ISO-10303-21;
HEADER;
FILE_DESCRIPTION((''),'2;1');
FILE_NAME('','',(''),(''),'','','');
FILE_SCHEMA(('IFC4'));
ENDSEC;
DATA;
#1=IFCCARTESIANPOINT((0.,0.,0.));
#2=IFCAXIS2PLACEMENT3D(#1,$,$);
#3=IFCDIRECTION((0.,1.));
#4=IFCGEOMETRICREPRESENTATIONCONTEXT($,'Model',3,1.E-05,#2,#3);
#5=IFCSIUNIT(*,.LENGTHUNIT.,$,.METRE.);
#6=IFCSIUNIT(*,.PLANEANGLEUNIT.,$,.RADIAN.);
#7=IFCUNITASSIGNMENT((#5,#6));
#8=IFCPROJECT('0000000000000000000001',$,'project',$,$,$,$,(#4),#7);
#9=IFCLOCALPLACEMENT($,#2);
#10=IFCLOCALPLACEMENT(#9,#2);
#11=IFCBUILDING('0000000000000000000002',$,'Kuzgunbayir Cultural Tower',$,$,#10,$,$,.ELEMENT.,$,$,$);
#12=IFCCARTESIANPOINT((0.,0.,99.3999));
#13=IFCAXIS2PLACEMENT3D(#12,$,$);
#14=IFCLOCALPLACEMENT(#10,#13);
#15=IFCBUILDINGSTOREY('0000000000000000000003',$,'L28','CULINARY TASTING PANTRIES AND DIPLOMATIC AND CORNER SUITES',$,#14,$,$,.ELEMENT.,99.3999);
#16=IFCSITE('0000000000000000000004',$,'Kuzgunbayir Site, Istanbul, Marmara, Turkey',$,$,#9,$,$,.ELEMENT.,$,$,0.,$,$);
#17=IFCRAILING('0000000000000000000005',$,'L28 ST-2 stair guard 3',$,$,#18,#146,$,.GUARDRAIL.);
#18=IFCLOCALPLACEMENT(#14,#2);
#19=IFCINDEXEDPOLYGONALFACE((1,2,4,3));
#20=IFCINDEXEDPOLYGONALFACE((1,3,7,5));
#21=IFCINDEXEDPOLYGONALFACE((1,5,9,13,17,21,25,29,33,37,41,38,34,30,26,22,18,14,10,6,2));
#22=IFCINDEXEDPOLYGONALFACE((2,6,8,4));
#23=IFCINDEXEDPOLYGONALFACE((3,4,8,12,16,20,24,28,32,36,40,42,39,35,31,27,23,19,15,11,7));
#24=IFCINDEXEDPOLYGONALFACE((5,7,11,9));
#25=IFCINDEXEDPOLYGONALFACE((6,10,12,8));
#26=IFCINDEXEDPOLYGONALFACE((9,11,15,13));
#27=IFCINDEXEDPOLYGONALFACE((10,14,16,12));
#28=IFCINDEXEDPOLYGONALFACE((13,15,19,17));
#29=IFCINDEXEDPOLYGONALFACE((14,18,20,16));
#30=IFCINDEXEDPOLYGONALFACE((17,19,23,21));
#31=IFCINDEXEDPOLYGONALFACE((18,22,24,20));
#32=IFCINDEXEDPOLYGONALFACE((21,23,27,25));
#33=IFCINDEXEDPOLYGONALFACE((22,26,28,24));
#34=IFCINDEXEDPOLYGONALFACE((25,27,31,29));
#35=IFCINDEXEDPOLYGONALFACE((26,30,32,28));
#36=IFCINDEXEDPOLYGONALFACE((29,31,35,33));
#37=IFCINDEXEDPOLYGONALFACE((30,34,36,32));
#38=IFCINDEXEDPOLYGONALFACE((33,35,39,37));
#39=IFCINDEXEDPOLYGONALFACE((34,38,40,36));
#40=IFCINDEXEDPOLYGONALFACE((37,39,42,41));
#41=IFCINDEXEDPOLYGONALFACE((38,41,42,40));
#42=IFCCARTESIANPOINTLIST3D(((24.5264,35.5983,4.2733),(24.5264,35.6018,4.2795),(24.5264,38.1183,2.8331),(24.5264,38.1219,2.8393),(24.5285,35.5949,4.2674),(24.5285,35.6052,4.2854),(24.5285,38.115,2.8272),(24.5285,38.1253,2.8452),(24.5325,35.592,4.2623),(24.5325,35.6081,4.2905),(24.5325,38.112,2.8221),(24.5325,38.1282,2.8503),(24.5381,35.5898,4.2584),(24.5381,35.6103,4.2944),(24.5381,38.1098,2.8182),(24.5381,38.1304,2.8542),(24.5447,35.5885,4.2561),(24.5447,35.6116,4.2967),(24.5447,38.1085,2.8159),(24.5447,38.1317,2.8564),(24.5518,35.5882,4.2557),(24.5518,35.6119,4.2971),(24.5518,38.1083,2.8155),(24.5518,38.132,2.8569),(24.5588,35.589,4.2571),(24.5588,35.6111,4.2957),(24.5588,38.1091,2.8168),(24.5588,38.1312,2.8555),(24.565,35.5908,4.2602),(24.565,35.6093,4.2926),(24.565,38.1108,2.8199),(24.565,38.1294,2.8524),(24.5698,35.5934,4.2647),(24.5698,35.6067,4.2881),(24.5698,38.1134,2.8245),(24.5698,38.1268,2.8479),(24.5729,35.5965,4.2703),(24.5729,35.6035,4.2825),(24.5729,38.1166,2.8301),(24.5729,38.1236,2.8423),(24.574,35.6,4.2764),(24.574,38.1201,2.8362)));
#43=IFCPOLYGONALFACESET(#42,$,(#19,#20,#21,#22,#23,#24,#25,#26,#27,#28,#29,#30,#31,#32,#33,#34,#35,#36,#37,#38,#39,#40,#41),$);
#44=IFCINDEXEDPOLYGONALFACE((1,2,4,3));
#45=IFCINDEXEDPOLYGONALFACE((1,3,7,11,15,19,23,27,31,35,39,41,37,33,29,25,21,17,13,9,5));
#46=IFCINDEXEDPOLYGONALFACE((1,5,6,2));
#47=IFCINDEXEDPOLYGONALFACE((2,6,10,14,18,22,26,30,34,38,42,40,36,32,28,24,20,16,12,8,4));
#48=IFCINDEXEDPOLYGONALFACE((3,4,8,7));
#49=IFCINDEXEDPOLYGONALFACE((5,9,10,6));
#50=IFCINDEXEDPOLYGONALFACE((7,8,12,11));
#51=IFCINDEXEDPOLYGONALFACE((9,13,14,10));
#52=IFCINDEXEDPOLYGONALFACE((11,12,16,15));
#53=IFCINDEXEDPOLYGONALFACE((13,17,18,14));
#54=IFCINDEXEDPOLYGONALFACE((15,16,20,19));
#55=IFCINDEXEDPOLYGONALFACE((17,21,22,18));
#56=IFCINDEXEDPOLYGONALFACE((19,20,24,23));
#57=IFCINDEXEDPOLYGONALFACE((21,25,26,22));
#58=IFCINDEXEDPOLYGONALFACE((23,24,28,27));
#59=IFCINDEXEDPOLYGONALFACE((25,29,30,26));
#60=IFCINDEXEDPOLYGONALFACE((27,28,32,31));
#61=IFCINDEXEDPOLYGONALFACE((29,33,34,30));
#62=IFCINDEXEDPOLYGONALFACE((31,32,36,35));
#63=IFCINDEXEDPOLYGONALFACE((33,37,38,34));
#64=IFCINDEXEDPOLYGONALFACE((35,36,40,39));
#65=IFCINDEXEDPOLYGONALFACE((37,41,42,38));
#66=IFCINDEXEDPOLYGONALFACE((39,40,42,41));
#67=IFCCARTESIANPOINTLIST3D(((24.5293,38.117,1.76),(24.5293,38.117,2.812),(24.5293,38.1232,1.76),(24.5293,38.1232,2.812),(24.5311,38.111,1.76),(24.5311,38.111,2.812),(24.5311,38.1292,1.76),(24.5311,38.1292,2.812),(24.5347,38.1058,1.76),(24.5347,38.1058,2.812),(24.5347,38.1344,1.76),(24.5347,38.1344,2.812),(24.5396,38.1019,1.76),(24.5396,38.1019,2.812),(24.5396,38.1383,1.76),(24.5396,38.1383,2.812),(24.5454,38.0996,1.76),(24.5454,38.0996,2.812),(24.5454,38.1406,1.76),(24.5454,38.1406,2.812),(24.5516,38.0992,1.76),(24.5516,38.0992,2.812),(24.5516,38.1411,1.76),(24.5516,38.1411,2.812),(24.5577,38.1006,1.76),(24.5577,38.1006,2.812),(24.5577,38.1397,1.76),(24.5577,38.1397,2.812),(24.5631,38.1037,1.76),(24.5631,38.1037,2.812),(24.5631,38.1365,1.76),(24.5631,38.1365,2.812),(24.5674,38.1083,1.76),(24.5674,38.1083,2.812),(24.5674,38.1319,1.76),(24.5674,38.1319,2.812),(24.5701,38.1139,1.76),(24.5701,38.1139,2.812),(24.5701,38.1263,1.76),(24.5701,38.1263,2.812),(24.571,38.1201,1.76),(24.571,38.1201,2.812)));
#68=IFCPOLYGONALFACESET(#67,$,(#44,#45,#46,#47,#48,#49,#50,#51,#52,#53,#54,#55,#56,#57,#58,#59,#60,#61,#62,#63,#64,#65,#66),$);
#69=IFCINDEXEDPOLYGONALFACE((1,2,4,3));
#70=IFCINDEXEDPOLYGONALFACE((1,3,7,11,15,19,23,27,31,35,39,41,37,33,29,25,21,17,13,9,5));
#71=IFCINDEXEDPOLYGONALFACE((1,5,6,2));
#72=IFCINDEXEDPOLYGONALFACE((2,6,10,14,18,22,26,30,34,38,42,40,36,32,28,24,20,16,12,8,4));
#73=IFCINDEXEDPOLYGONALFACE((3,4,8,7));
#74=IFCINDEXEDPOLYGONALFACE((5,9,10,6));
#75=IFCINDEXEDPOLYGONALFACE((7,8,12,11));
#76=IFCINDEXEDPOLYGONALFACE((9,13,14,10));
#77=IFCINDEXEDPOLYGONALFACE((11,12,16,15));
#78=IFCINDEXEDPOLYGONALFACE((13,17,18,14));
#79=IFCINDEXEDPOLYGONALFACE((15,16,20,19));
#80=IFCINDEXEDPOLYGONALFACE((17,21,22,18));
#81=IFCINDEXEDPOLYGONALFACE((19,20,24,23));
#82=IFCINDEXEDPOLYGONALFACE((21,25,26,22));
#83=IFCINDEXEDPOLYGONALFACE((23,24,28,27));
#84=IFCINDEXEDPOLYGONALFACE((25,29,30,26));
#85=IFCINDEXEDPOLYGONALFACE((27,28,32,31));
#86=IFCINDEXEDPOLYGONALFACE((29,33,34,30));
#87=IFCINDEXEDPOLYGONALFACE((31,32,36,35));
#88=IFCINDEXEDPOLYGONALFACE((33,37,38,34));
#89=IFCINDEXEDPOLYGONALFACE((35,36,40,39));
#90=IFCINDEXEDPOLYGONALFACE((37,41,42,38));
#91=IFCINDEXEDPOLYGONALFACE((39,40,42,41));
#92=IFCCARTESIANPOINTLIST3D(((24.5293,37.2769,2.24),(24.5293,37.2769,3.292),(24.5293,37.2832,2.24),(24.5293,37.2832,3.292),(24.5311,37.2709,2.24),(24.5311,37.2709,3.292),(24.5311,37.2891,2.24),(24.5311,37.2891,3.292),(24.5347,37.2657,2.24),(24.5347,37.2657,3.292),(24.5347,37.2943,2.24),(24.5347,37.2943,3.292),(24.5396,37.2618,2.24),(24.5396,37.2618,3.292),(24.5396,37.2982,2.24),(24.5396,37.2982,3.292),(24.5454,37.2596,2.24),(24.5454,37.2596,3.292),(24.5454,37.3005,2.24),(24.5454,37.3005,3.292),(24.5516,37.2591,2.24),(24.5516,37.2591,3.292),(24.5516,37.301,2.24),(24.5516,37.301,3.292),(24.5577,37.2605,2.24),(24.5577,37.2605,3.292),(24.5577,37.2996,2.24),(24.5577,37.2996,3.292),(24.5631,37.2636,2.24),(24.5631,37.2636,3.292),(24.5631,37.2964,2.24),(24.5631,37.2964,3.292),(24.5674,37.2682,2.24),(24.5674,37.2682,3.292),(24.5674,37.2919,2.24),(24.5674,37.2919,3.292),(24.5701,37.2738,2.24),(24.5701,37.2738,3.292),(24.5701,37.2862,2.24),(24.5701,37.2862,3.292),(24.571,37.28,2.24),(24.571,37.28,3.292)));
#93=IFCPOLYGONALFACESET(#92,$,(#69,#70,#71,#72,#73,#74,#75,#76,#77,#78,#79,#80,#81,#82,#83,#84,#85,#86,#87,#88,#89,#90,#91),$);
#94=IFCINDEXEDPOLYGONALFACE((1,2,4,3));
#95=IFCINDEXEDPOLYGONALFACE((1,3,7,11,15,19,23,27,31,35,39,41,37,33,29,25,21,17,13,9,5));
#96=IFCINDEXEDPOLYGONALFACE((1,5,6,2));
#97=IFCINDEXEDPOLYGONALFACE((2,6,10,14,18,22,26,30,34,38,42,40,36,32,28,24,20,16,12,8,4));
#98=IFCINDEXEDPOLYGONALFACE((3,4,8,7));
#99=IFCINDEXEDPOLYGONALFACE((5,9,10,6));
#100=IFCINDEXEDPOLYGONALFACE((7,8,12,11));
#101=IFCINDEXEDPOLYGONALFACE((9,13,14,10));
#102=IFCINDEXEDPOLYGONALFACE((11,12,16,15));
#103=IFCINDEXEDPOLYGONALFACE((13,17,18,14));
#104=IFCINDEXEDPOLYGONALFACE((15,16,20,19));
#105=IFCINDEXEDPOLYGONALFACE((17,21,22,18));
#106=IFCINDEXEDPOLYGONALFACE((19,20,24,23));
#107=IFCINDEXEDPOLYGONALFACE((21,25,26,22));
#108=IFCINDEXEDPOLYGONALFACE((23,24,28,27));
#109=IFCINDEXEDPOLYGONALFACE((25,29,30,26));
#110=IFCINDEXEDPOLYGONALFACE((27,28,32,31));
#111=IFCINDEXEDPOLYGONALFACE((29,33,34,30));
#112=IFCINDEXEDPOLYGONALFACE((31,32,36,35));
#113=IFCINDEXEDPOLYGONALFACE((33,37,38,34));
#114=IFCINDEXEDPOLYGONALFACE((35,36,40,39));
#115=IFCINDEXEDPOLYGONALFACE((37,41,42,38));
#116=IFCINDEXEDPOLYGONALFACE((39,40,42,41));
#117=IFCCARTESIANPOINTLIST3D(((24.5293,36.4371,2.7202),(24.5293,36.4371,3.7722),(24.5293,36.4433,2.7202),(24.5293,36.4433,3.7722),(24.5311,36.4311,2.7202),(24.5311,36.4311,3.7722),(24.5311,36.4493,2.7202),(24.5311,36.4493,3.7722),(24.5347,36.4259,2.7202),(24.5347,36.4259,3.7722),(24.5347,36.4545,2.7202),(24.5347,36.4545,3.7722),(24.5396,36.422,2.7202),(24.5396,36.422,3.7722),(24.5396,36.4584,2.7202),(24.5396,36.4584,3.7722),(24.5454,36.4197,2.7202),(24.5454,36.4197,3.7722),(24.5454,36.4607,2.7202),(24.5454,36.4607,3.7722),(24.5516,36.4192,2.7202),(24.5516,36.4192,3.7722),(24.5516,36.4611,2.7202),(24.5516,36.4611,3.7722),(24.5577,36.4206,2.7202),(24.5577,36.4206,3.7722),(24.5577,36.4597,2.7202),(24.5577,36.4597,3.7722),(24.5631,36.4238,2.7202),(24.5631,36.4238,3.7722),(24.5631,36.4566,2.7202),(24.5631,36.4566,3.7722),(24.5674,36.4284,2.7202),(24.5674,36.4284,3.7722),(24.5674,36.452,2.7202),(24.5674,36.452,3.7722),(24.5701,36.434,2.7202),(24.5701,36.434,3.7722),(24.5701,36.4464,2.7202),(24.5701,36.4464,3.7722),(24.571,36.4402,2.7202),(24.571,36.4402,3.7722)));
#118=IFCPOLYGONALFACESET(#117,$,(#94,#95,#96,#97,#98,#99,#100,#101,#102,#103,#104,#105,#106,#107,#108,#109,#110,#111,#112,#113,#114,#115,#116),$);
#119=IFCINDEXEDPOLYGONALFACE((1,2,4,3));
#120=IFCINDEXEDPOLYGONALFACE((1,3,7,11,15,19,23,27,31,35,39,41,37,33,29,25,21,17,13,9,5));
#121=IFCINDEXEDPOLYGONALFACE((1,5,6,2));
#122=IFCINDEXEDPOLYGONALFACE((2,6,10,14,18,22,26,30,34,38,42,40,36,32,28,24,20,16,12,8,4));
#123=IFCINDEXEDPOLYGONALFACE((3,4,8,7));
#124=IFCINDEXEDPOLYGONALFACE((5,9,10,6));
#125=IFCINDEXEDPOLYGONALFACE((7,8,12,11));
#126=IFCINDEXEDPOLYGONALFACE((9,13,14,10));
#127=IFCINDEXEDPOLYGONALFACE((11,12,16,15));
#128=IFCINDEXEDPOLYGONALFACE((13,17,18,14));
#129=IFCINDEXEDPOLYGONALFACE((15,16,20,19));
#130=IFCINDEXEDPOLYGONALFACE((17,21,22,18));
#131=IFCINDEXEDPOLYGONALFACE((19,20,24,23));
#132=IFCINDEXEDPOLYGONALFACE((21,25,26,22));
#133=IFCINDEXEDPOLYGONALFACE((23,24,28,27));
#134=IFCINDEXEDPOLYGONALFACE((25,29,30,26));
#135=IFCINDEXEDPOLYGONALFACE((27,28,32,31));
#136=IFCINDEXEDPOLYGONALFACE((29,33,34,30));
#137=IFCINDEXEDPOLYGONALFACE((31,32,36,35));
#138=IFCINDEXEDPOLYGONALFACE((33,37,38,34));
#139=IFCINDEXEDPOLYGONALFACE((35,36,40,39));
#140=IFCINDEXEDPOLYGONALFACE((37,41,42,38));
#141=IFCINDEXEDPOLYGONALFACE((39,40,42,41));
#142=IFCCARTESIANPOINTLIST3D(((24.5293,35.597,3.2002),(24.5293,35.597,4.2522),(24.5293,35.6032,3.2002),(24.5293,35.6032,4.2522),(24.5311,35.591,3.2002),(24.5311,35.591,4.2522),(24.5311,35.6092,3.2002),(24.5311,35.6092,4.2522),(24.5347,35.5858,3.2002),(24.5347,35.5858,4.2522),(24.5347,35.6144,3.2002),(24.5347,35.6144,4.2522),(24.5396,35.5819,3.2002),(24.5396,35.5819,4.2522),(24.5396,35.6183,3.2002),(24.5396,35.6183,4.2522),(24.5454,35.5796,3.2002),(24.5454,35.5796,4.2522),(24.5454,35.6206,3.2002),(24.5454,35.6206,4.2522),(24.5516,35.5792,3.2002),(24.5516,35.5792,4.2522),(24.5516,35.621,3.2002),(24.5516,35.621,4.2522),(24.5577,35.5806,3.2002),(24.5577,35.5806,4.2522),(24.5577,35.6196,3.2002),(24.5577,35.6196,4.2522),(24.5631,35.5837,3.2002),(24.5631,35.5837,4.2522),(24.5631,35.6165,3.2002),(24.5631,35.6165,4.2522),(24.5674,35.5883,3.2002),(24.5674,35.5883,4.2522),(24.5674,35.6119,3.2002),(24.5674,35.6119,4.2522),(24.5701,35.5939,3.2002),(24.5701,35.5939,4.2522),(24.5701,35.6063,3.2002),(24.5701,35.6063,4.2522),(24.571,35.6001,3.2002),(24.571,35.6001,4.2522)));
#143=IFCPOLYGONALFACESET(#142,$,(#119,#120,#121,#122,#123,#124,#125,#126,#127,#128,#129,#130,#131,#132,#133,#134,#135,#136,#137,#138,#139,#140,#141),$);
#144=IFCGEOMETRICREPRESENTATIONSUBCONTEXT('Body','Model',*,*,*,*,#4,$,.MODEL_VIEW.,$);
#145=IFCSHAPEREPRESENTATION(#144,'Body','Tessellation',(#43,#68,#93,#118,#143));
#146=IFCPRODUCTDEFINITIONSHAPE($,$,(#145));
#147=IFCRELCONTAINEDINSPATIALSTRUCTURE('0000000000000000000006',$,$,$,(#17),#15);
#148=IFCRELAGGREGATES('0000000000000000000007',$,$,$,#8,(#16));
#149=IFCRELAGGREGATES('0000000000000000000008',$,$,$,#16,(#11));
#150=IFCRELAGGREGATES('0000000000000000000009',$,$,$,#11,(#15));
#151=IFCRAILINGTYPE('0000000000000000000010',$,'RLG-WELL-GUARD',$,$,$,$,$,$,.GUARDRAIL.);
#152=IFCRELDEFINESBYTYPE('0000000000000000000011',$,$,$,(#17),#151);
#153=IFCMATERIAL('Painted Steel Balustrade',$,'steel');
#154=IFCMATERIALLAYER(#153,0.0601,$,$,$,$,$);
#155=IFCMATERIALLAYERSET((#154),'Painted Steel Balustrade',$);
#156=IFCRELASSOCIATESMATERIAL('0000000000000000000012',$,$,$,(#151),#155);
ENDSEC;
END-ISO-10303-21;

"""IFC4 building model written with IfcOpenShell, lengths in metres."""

from ifc_helpers import new_model, si_unit, direction, frame, origin, origin_2d, place, context, subcontext, project, spatial, circle, extrude, material, layer, layer_set, type_object, element, save


model = new_model("IFC4")

# Units and contexts
model_context = context("Model", 3, precision=1e-05, world=origin(), true_north=direction((0.0, 1.0)))
body_context = subcontext(model_context, "Body", "Model", "MODEL_VIEW")
ifc_project = project(units=[si_unit("LENGTHUNIT", "METRE"), si_unit("PLANEANGLEUNIT", "RADIAN")], contexts=[model_context])

# Site, building, storey
site_placement = place(None, origin())
site = spatial("IfcSite", under=ifc_project, at=site_placement, Name="Kuzgunbayir Site, Istanbul, Marmara, Turkey", CompositionType="ELEMENT", RefElevation=0.0)
building_placement = place(site_placement, origin())
building = spatial("IfcBuilding", under=site, at=building_placement, Name="Kuzgunbayir Cultural Tower", CompositionType="ELEMENT")
storey_placement = place(building_placement, frame((0.0, 0.0, 99.3999)))
storey = spatial("IfcBuildingStorey", under=building, at=storey_placement, Name="L28", Description="CULINARY TASTING PANTRIES AND DIPLOMATIC AND CORNER SUITES", CompositionType="ELEMENT", Elevation=99.3999)

# Railing
ifc_material_1 = material(Name="Painted Steel Balustrade", Category="steel")
ifc_layer_1 = layer(ifc_material_1, 0.0601)
ifc_layer_set_1 = layer_set([ifc_layer_1], Name="Painted Steel Balustrade")
railing_type_1 = type_object("IfcRailingType", Name="RLG-WELL-GUARD", PredefinedType="GUARDRAIL", material=ifc_layer_set_1)
railing_1_placement = place(storey_placement, frame((24.55, 38.1201, 1.76)))
element("IfcRailing", 1, at=railing_1_placement, inside=storey, type_object=railing_type_1, Name="L28 ST-2 stair guard 3", PredefinedType="GUARDRAIL", context=body_context, shape_type="SweptSolid", body=[
    extrude(circle(Radius=0.0239, at=origin_2d()), frame((0.0, 0.0, 1.0762), z_axis=(0.0, -0.868217, 0.496184), x_axis=(1.0, 0.0, 0.0)), (0.0, 0.0, 1.0), 2.9026),
    extrude(circle(Radius=0.021, at=origin_2d()), origin(), (0.0, 0.0, 1.0), 1.052),
    extrude(circle(Radius=0.021, at=origin_2d()), frame((0.0, -0.8401, 0.48)), (0.0, 0.0, 1.0), 1.052),
    extrude(circle(Radius=0.021, at=origin_2d()), frame((0.0, -1.6799, 0.9602)), (0.0, 0.0, 1.0), 1.052),
    extrude(circle(Radius=0.021, at=origin_2d()), frame((0.0, -2.52, 1.4402)), (0.0, 0.0, 1.0), 1.052),
])

save(model, "model.ifc")
